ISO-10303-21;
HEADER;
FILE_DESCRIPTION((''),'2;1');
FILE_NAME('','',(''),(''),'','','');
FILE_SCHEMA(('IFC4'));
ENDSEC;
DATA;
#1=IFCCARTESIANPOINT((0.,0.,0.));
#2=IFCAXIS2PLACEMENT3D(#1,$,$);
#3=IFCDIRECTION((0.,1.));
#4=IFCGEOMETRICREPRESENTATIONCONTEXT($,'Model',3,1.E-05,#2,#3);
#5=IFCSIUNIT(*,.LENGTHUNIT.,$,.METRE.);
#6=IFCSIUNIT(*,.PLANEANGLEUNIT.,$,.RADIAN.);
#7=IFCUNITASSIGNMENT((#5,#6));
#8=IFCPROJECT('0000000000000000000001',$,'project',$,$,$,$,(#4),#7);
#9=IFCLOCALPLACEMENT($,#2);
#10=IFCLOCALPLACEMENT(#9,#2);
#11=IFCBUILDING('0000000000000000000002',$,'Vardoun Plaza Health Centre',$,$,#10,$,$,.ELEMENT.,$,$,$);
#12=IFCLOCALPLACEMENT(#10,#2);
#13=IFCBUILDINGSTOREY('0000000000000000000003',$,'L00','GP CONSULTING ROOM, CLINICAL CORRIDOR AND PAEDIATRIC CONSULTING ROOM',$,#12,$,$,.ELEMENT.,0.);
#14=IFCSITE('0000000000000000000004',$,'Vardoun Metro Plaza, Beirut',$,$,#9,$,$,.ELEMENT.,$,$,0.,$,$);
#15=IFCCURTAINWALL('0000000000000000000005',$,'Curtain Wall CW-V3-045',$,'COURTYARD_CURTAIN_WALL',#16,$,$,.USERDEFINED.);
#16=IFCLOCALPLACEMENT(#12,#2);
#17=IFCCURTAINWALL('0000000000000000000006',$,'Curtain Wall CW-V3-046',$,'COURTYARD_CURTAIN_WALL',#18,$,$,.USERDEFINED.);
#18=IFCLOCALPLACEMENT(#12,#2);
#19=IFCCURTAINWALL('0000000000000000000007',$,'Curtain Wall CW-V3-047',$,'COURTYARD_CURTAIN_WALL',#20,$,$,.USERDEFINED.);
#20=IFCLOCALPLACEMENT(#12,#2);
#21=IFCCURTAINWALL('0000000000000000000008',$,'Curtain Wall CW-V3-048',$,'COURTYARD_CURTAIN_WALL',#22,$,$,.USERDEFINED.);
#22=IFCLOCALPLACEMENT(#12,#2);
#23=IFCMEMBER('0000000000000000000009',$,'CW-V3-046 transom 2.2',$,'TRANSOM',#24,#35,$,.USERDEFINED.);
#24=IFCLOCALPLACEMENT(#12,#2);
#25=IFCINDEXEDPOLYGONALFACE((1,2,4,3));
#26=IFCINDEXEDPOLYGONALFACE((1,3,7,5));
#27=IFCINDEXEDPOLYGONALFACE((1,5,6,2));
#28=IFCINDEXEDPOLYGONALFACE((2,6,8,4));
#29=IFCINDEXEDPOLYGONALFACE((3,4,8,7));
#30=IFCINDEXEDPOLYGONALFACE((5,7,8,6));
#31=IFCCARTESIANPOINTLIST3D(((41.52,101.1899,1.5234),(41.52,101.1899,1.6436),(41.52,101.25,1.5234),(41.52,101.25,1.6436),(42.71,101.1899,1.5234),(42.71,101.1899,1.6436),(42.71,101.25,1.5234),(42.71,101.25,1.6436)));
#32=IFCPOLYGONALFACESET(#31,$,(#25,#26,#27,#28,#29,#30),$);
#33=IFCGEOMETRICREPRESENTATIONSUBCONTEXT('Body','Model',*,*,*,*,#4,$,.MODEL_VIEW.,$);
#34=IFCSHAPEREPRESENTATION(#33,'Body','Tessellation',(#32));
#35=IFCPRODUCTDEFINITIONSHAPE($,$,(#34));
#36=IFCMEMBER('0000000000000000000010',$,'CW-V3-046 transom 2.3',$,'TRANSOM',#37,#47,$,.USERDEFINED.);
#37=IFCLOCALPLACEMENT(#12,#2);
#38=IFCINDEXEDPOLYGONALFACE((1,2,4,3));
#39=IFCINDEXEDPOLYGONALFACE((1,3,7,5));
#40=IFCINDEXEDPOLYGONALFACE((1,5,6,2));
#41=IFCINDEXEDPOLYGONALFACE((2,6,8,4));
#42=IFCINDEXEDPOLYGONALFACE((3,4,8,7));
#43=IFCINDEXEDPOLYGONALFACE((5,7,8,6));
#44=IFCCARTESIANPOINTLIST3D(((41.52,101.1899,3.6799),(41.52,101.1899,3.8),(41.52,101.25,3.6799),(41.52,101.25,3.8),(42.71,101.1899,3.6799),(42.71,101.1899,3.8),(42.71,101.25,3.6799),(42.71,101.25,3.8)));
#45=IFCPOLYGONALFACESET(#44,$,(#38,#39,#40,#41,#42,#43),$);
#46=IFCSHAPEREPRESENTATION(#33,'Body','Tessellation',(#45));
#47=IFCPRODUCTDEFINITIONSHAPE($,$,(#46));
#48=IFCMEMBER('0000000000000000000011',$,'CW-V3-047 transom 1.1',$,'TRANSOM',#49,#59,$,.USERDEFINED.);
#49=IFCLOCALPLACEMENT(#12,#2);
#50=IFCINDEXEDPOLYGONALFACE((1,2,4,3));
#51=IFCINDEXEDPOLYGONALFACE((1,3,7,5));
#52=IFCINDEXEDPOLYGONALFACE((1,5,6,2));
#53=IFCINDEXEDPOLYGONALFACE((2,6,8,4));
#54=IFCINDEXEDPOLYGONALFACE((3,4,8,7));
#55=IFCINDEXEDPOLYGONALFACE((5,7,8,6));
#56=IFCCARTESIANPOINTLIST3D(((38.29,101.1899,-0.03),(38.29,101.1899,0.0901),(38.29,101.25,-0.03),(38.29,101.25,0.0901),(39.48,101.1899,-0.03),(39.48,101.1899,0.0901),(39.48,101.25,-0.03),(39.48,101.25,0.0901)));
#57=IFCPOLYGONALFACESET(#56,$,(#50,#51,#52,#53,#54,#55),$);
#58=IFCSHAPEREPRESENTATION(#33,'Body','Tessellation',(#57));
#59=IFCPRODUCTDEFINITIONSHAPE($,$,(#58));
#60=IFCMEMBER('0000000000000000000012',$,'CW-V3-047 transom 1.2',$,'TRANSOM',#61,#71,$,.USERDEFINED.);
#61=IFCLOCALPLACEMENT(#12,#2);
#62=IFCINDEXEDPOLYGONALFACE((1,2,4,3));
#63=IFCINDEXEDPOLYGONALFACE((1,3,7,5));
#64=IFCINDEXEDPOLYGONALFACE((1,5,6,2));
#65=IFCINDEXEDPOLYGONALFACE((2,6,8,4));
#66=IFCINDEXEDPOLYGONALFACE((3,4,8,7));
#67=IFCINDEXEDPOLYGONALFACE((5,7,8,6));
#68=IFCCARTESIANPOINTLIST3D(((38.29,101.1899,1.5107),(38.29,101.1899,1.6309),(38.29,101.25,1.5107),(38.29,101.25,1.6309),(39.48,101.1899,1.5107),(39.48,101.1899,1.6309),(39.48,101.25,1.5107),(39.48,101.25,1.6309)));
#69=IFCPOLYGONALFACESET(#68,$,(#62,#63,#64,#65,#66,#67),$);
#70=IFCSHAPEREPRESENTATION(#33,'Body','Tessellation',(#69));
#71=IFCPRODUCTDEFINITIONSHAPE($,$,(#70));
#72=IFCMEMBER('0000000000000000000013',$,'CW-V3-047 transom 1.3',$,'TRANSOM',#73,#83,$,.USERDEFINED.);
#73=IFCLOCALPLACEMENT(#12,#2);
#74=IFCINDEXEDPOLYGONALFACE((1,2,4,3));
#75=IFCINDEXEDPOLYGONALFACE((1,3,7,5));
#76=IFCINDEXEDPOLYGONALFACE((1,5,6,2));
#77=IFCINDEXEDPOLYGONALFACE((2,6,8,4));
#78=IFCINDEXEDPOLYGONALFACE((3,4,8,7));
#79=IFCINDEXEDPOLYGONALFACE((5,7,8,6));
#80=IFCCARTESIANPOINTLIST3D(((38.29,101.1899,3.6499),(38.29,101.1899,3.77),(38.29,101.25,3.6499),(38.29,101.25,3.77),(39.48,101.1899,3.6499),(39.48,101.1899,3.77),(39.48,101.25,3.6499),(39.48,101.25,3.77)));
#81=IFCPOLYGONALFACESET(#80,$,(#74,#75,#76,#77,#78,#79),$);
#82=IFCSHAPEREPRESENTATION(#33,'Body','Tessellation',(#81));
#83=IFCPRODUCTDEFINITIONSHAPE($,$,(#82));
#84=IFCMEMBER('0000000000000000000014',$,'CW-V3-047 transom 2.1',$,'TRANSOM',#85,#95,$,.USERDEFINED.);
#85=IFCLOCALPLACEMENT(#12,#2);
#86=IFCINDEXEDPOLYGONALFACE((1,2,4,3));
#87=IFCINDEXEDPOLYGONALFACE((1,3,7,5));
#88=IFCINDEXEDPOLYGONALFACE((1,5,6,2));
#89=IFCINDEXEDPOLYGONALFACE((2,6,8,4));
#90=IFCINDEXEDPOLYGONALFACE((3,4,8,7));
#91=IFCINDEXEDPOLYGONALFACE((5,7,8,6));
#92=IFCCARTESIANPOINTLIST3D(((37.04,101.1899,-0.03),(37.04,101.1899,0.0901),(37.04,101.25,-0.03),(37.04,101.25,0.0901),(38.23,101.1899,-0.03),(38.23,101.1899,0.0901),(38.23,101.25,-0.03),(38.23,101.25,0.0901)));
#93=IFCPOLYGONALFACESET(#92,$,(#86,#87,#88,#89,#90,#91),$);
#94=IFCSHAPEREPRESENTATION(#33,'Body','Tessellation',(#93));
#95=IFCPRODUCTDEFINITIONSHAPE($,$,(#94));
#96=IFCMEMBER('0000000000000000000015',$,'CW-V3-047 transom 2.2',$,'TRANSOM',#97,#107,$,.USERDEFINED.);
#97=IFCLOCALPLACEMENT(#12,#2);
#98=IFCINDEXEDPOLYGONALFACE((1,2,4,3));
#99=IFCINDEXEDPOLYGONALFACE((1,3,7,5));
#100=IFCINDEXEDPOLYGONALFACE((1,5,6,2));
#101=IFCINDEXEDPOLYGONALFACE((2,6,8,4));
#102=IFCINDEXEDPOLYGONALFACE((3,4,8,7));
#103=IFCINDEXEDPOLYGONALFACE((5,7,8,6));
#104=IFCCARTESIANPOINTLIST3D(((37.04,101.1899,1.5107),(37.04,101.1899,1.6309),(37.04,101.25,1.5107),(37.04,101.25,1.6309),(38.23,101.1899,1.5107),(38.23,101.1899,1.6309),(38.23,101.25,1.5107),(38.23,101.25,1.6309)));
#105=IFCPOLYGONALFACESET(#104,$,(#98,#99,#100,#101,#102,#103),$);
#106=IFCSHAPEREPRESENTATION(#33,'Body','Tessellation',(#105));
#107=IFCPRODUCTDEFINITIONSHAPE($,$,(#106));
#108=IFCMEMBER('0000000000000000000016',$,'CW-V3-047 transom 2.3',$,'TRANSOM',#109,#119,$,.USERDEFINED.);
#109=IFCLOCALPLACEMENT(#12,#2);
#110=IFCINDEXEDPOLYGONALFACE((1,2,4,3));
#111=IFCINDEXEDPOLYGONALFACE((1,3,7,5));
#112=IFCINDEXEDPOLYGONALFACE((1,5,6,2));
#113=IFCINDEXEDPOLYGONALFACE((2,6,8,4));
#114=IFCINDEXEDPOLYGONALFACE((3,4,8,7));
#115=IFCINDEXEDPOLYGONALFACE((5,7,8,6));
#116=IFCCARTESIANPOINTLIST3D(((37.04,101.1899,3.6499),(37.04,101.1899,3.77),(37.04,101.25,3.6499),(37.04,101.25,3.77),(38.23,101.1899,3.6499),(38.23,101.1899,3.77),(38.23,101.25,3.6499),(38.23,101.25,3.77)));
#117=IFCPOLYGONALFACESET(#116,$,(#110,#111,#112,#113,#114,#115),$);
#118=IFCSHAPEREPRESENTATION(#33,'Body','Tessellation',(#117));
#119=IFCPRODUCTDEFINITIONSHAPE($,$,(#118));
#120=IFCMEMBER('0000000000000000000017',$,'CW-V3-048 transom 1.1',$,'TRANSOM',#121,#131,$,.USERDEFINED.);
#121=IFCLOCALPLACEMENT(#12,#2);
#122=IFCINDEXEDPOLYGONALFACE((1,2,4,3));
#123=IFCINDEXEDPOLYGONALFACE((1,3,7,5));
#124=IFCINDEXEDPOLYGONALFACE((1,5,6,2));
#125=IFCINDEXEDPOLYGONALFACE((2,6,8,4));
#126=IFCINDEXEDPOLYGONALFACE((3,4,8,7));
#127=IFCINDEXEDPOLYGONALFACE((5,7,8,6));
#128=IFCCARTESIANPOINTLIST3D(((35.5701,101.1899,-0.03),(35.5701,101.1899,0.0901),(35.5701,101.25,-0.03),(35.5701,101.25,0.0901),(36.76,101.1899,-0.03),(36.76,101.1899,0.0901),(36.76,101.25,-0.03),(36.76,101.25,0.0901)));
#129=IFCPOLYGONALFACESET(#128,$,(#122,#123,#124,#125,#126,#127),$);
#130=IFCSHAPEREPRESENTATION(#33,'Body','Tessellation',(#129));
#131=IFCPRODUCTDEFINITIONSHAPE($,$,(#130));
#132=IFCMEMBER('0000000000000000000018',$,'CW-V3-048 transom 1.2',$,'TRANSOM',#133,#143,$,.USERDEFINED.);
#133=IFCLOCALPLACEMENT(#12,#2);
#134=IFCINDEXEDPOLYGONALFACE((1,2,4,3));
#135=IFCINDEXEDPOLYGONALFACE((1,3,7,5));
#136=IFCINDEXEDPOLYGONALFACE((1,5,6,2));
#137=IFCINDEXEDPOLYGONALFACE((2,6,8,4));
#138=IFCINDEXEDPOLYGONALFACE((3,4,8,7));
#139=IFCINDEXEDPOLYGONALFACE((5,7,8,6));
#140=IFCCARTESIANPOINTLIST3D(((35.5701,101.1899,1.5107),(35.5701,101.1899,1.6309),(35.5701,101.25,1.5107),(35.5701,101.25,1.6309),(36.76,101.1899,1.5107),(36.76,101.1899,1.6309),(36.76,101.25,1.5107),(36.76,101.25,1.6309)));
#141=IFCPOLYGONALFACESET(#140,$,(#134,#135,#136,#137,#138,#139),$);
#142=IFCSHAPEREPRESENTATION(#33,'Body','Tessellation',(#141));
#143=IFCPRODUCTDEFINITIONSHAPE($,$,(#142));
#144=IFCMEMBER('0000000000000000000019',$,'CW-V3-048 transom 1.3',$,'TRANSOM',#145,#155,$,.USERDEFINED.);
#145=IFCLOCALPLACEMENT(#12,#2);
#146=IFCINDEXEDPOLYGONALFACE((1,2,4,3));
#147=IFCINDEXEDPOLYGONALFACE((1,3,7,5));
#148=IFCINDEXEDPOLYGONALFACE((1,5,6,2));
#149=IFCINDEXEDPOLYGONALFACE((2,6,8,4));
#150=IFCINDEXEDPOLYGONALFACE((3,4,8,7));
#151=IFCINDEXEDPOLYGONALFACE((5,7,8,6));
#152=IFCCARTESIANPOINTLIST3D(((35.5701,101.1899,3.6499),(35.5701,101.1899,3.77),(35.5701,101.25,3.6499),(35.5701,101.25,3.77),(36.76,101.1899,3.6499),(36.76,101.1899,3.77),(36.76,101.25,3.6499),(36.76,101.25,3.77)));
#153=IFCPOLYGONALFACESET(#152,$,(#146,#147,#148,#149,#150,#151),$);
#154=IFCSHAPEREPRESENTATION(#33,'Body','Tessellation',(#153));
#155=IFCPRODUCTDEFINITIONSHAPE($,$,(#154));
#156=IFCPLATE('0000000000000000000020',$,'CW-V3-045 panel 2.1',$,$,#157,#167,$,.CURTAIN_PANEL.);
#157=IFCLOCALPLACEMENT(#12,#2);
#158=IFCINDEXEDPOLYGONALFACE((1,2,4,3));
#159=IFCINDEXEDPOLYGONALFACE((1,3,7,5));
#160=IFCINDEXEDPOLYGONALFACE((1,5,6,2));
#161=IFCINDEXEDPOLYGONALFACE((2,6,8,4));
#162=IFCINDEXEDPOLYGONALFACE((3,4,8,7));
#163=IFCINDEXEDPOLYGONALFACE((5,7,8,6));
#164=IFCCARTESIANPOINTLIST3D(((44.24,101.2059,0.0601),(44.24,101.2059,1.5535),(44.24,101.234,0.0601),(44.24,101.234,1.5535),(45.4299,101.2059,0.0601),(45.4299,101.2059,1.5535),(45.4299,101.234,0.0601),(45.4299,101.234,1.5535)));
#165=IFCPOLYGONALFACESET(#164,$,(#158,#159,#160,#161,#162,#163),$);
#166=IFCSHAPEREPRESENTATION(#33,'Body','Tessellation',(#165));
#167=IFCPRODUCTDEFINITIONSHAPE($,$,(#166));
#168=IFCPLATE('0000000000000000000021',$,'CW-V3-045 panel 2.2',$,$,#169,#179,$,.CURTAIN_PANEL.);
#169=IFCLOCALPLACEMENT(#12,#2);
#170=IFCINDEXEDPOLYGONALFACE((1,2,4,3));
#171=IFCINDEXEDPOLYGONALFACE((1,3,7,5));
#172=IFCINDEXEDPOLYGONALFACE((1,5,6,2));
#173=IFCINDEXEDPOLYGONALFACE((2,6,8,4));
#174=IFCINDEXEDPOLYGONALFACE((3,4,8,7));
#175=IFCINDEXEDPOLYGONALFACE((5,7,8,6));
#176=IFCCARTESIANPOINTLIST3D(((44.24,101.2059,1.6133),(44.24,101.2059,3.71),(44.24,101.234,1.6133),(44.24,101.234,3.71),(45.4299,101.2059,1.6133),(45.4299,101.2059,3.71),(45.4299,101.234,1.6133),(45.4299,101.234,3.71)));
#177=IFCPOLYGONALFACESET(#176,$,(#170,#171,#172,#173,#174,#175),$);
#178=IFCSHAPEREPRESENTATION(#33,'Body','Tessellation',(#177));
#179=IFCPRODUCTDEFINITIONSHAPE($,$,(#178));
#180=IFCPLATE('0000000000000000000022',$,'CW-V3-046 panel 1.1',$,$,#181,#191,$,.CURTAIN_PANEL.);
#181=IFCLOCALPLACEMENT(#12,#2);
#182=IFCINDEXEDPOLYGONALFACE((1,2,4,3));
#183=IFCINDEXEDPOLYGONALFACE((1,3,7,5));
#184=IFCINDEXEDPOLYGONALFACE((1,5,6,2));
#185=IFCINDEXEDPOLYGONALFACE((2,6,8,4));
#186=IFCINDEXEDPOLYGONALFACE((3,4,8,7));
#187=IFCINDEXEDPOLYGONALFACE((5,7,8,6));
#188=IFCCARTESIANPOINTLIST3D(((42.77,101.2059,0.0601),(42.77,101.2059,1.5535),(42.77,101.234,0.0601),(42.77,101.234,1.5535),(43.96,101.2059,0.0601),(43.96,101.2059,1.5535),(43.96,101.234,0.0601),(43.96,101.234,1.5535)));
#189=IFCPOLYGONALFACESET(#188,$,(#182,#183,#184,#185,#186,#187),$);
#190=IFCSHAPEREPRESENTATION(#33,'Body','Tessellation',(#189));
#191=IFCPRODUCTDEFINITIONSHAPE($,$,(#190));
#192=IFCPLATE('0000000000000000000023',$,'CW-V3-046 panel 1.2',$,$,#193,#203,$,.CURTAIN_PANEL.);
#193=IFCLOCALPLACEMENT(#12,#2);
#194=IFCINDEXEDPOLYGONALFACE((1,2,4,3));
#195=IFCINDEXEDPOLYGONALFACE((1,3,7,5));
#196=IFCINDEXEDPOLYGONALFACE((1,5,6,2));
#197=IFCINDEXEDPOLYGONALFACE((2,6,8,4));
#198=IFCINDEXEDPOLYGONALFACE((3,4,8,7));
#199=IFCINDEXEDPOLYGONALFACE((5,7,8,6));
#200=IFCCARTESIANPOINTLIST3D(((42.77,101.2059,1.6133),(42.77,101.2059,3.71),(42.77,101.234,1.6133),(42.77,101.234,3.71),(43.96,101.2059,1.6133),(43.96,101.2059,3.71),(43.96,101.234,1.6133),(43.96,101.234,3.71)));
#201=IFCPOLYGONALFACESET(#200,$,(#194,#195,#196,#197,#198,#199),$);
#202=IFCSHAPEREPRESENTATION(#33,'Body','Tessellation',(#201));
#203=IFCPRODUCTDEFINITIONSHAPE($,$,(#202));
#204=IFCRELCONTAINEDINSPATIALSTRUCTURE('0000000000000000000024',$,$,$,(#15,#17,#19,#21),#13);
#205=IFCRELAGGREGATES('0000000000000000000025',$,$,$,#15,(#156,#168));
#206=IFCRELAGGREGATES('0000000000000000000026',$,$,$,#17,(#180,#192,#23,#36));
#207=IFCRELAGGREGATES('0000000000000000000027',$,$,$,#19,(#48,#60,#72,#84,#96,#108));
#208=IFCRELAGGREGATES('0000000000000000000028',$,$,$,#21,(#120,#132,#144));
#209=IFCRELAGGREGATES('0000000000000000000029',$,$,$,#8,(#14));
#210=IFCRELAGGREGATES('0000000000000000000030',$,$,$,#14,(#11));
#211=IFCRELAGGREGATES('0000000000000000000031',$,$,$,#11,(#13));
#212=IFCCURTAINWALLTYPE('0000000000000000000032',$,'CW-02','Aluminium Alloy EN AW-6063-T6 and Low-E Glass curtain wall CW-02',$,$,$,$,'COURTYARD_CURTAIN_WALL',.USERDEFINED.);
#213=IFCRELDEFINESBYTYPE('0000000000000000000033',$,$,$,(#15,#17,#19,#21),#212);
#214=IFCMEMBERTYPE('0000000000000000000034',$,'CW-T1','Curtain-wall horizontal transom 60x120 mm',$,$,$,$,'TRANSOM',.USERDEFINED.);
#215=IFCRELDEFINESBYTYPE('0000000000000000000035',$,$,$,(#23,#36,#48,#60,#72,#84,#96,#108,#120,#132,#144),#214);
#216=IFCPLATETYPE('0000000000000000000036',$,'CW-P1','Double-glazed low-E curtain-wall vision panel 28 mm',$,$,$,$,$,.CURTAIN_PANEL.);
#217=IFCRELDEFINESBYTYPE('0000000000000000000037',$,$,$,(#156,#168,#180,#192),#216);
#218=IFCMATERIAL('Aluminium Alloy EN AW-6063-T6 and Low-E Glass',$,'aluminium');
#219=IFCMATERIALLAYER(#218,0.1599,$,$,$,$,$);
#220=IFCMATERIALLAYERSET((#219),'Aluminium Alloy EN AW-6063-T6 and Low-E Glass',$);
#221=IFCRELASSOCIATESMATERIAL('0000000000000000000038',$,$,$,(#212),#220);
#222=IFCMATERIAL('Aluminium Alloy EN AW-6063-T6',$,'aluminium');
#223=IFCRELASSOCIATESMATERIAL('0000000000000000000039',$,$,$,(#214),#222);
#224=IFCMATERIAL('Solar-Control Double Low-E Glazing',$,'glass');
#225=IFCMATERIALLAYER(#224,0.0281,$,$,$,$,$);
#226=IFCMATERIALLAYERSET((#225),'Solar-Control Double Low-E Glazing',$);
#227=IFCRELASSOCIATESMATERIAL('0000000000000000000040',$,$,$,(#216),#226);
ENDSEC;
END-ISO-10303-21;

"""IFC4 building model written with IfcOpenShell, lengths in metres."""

from ifc_helpers import new_model, si_unit, direction, frame, origin, origin_2d, place, context, subcontext, project, spatial, rectangle, extrude, material, layer, layer_set, material_profile, profile_set, type_object, element, aggregate, save


model = new_model("IFC4")

# Units and contexts
model_context = context("Model", 3, precision=1e-05, world=origin(), true_north=direction((0.0, 1.0)))
body_context = subcontext(model_context, "Body", "Model", "MODEL_VIEW")
ifc_project = project(units=[si_unit("LENGTHUNIT", "METRE"), si_unit("PLANEANGLEUNIT", "RADIAN")], contexts=[model_context])

# Site, building, storey
site_placement = place(None, origin())
site = spatial("IfcSite", under=ifc_project, at=site_placement, Name="Vardoun Metro Plaza, Beirut", CompositionType="ELEMENT", RefElevation=0.0)
building_placement = place(site_placement, origin())
building = spatial("IfcBuilding", under=site, at=building_placement, Name="Vardoun Plaza Health Centre", CompositionType="ELEMENT")
storey_placement = place(building_placement, origin())
storey = spatial("IfcBuildingStorey", under=building, at=storey_placement, Name="L00", Description="GP CONSULTING ROOM, CLINICAL CORRIDOR AND PAEDIATRIC CONSULTING ROOM", CompositionType="ELEMENT", Elevation=0.0)

# Curtain wall
ifc_material_1 = material(Name="Aluminium Alloy EN AW-6063-T6 and Low-E Glass", Category="aluminium")
ifc_layer_1 = layer(ifc_material_1, 0.1599)
ifc_layer_set_1 = layer_set([ifc_layer_1], Name="Aluminium Alloy EN AW-6063-T6 and Low-E Glass")
curtain_wall_type = type_object("IfcCurtainWallType", Name="CW-02", Description="Aluminium Alloy EN AW-6063-T6 and Low-E Glass curtain wall CW-02", ElementType="COURTYARD_CURTAIN_WALL", PredefinedType="USERDEFINED", material=ifc_layer_set_1)
curtain_wall_1_placement = place(storey_placement, origin())
curtain_wall_1 = element("IfcCurtainWall", 1, at=curtain_wall_1_placement, inside=storey, type_object=curtain_wall_type, Name="Curtain Wall CW-V3-045", ObjectType="COURTYARD_CURTAIN_WALL", PredefinedType="USERDEFINED")

# Curtain walls
curtain_wall_2_placement = place(storey_placement, origin())
curtain_wall_2 = element("IfcCurtainWall", 2, at=curtain_wall_2_placement, inside=storey, type_object=curtain_wall_type, Name="Curtain Wall CW-V3-046", ObjectType="COURTYARD_CURTAIN_WALL", PredefinedType="USERDEFINED")
curtain_wall_3_placement = place(storey_placement, origin())
curtain_wall_3 = element("IfcCurtainWall", 3, at=curtain_wall_3_placement, inside=storey, type_object=curtain_wall_type, Name="Curtain Wall CW-V3-047", ObjectType="COURTYARD_CURTAIN_WALL", PredefinedType="USERDEFINED")

# Curtain wall
curtain_wall_4_placement = place(storey_placement, origin())
curtain_wall_4 = element("IfcCurtainWall", 4, at=curtain_wall_4_placement, inside=storey, type_object=curtain_wall_type, Name="Curtain Wall CW-V3-048", ObjectType="COURTYARD_CURTAIN_WALL", PredefinedType="USERDEFINED")

# Members
ifc_material_2 = material(Name="Aluminium Alloy EN AW-6063-T6", Category="aluminium")
ifc_material_profile_1 = material_profile(ifc_material_2, rectangle(XDim=0.0601, YDim=0.1201, at=origin_2d()), Name="CWT 60x120")
ifc_profile_set_1 = profile_set([ifc_material_profile_1], Name="Aluminium Alloy EN AW-6063-T6")
member_type_1 = type_object("IfcMemberType", Name="CW-T1", Description="Curtain-wall horizontal transom 60x120 mm", ElementType="TRANSOM", PredefinedType="USERDEFINED", material=ifc_profile_set_1)
member_1_placement = place(storey_placement, frame((42.71, 101.22, 1.5835), z_axis=(-1.0, 0.0, 0.0), x_axis=(0.0, -1.0, 0.0)))
member_1 = element("IfcMember", 5, at=member_1_placement, type_object=member_type_1, Name="CW-V3-046 transom 2.2", ObjectType="TRANSOM", PredefinedType="USERDEFINED", context=body_context, shape_type="SweptSolid", body=[
    extrude(rectangle(XDim=0.0601, YDim=0.1201, at=origin_2d()), origin(), (0.0, 0.0, 1.0), 1.1899),
])
member_2_placement = place(storey_placement, frame((42.71, 101.22, 3.74), z_axis=(-1.0, 0.0, 0.0), x_axis=(0.0, -1.0, 0.0)))
member_2 = element("IfcMember", 6, at=member_2_placement, type_object=member_type_1, Name="CW-V3-046 transom 2.3", ObjectType="TRANSOM", PredefinedType="USERDEFINED", context=body_context, shape_type="SweptSolid", body=[
    extrude(rectangle(XDim=0.0601, YDim=0.1201, at=origin_2d()), origin(), (0.0, 0.0, 1.0), 1.1899),
])
member_3_placement = place(storey_placement, frame((39.48, 101.22, 0.03), z_axis=(-1.0, 0.0, 0.0), x_axis=(0.0, -1.0, 0.0)))
member_3 = element("IfcMember", 7, at=member_3_placement, type_object=member_type_1, Name="CW-V3-047 transom 1.1", ObjectType="TRANSOM", PredefinedType="USERDEFINED", context=body_context, shape_type="SweptSolid", body=[
    extrude(rectangle(XDim=0.0601, YDim=0.1201, at=origin_2d()), origin(), (0.0, 0.0, 1.0), 1.1899),
])
member_4_placement = place(storey_placement, frame((39.48, 101.22, 1.5708), z_axis=(-1.0, 0.0, 0.0), x_axis=(0.0, -1.0, 0.0)))
member_4 = element("IfcMember", 8, at=member_4_placement, type_object=member_type_1, Name="CW-V3-047 transom 1.2", ObjectType="TRANSOM", PredefinedType="USERDEFINED", context=body_context, shape_type="SweptSolid", body=[
    extrude(rectangle(XDim=0.0601, YDim=0.1201, at=origin_2d()), origin(), (0.0, 0.0, 1.0), 1.1899),
])
member_5_placement = place(storey_placement, frame((39.48, 101.22, 3.71), z_axis=(-1.0, 0.0, 0.0), x_axis=(0.0, -1.0, 0.0)))
member_5 = element("IfcMember", 9, at=member_5_placement, type_object=member_type_1, Name="CW-V3-047 transom 1.3", ObjectType="TRANSOM", PredefinedType="USERDEFINED", context=body_context, shape_type="SweptSolid", body=[
    extrude(rectangle(XDim=0.0601, YDim=0.1201, at=origin_2d()), origin(), (0.0, 0.0, 1.0), 1.1899),
])
member_6_placement = place(storey_placement, frame((38.23, 101.22, 0.03), z_axis=(-1.0, 0.0, 0.0), x_axis=(0.0, -1.0, 0.0)))
member_6 = element("IfcMember", 10, at=member_6_placement, type_object=member_type_1, Name="CW-V3-047 transom 2.1", ObjectType="TRANSOM", PredefinedType="USERDEFINED", context=body_context, shape_type="SweptSolid", body=[
    extrude(rectangle(XDim=0.0601, YDim=0.1201, at=origin_2d()), origin(), (0.0, 0.0, 1.0), 1.1899),
])
member_7_placement = place(storey_placement, frame((38.23, 101.22, 1.5708), z_axis=(-1.0, 0.0, 0.0), x_axis=(0.0, -1.0, 0.0)))
member_7 = element("IfcMember", 11, at=member_7_placement, type_object=member_type_1, Name="CW-V3-047 transom 2.2", ObjectType="TRANSOM", PredefinedType="USERDEFINED", context=body_context, shape_type="SweptSolid", body=[
    extrude(rectangle(XDim=0.0601, YDim=0.1201, at=origin_2d()), origin(), (0.0, 0.0, 1.0), 1.1899),
])
member_8_placement = place(storey_placement, frame((38.23, 101.22, 3.71), z_axis=(-1.0, 0.0, 0.0), x_axis=(0.0, -1.0, 0.0)))
member_8 = element("IfcMember", 12, at=member_8_placement, type_object=member_type_1, Name="CW-V3-047 transom 2.3", ObjectType="TRANSOM", PredefinedType="USERDEFINED", context=body_context, shape_type="SweptSolid", body=[
    extrude(rectangle(XDim=0.0601, YDim=0.1201, at=origin_2d()), origin(), (0.0, 0.0, 1.0), 1.1899),
])
member_9_placement = place(storey_placement, frame((36.76, 101.22, 0.03), z_axis=(-1.0, 0.0, 0.0), x_axis=(0.0, -1.0, 0.0)))
member_9 = element("IfcMember", 13, at=member_9_placement, type_object=member_type_1, Name="CW-V3-048 transom 1.1", ObjectType="TRANSOM", PredefinedType="USERDEFINED", context=body_context, shape_type="SweptSolid", body=[
    extrude(rectangle(XDim=0.0601, YDim=0.1201, at=origin_2d()), origin(), (0.0, 0.0, 1.0), 1.1899),
])
member_10_placement = place(storey_placement, frame((36.76, 101.22, 1.5708), z_axis=(-1.0, 0.0, 0.0), x_axis=(0.0, -1.0, 0.0)))
member_10 = element("IfcMember", 14, at=member_10_placement, type_object=member_type_1, Name="CW-V3-048 transom 1.2", ObjectType="TRANSOM", PredefinedType="USERDEFINED", context=body_context, shape_type="SweptSolid", body=[
    extrude(rectangle(XDim=0.0601, YDim=0.1201, at=origin_2d()), origin(), (0.0, 0.0, 1.0), 1.1899),
])
member_11_placement = place(storey_placement, frame((36.76, 101.22, 3.71), z_axis=(-1.0, 0.0, 0.0), x_axis=(0.0, -1.0, 0.0)))
member_11 = element("IfcMember", 15, at=member_11_placement, type_object=member_type_1, Name="CW-V3-048 transom 1.3", ObjectType="TRANSOM", PredefinedType="USERDEFINED", context=body_context, shape_type="SweptSolid", body=[
    extrude(rectangle(XDim=0.0601, YDim=0.1201, at=origin_2d()), origin(), (0.0, 0.0, 1.0), 1.1899),
])

# Plates
ifc_material_3 = material(Name="Solar-Control Double Low-E Glazing", Category="glass")
ifc_layer_2 = layer(ifc_material_3, 0.0281)
ifc_layer_set_2 = layer_set([ifc_layer_2], Name="Solar-Control Double Low-E Glazing")
plate_type = type_object("IfcPlateType", Name="CW-P1", Description="Double-glazed low-E curtain-wall vision panel 28 mm", PredefinedType="CURTAIN_PANEL", material=ifc_layer_set_2)
plate_1_placement = place(storey_placement, frame((44.835, 101.22, 0.0601), z_axis=(0.0, 0.0, 1.0), x_axis=(-1.0, 0.0, 0.0)))
plate_1 = element("IfcPlate", 16, at=plate_1_placement, type_object=plate_type, Name="CW-V3-045 panel 2.1", PredefinedType="CURTAIN_PANEL", context=body_context, shape_type="SweptSolid", body=[
    extrude(rectangle(XDim=1.1899, YDim=0.0281, at=origin_2d()), origin(), (0.0, 0.0, 1.0), 1.4934),
])
plate_2_placement = place(storey_placement, frame((44.835, 101.22, 1.6133), z_axis=(0.0, 0.0, 1.0), x_axis=(-1.0, 0.0, 0.0)))
plate_2 = element("IfcPlate", 17, at=plate_2_placement, type_object=plate_type, Name="CW-V3-045 panel 2.2", PredefinedType="CURTAIN_PANEL", context=body_context, shape_type="SweptSolid", body=[
    extrude(rectangle(XDim=1.1899, YDim=0.0281, at=origin_2d()), origin(), (0.0, 0.0, 1.0), 2.0967),
])
aggregate(curtain_wall_1, [plate_1, plate_2])
plate_3_placement = place(storey_placement, frame((43.365, 101.22, 0.0601), z_axis=(0.0, 0.0, 1.0), x_axis=(-1.0, 0.0, 0.0)))
plate_3 = element("IfcPlate", 18, at=plate_3_placement, type_object=plate_type, Name="CW-V3-046 panel 1.1", PredefinedType="CURTAIN_PANEL", context=body_context, shape_type="SweptSolid", body=[
    extrude(rectangle(XDim=1.1899, YDim=0.0281, at=origin_2d()), origin(), (0.0, 0.0, 1.0), 1.4934),
])
plate_4_placement = place(storey_placement, frame((43.365, 101.22, 1.6133), z_axis=(0.0, 0.0, 1.0), x_axis=(-1.0, 0.0, 0.0)))
plate_4 = element("IfcPlate", 19, at=plate_4_placement, type_object=plate_type, Name="CW-V3-046 panel 1.2", PredefinedType="CURTAIN_PANEL", context=body_context, shape_type="SweptSolid", body=[
    extrude(rectangle(XDim=1.1899, YDim=0.0281, at=origin_2d()), origin(), (0.0, 0.0, 1.0), 2.0967),
])
aggregate(curtain_wall_2, [plate_3, plate_4, member_1, member_2])
aggregate(curtain_wall_3, [member_3, member_4, member_5, member_6, member_7, member_8])
aggregate(curtain_wall_4, [member_9, member_10, member_11])

save(model, "model.ifc")
